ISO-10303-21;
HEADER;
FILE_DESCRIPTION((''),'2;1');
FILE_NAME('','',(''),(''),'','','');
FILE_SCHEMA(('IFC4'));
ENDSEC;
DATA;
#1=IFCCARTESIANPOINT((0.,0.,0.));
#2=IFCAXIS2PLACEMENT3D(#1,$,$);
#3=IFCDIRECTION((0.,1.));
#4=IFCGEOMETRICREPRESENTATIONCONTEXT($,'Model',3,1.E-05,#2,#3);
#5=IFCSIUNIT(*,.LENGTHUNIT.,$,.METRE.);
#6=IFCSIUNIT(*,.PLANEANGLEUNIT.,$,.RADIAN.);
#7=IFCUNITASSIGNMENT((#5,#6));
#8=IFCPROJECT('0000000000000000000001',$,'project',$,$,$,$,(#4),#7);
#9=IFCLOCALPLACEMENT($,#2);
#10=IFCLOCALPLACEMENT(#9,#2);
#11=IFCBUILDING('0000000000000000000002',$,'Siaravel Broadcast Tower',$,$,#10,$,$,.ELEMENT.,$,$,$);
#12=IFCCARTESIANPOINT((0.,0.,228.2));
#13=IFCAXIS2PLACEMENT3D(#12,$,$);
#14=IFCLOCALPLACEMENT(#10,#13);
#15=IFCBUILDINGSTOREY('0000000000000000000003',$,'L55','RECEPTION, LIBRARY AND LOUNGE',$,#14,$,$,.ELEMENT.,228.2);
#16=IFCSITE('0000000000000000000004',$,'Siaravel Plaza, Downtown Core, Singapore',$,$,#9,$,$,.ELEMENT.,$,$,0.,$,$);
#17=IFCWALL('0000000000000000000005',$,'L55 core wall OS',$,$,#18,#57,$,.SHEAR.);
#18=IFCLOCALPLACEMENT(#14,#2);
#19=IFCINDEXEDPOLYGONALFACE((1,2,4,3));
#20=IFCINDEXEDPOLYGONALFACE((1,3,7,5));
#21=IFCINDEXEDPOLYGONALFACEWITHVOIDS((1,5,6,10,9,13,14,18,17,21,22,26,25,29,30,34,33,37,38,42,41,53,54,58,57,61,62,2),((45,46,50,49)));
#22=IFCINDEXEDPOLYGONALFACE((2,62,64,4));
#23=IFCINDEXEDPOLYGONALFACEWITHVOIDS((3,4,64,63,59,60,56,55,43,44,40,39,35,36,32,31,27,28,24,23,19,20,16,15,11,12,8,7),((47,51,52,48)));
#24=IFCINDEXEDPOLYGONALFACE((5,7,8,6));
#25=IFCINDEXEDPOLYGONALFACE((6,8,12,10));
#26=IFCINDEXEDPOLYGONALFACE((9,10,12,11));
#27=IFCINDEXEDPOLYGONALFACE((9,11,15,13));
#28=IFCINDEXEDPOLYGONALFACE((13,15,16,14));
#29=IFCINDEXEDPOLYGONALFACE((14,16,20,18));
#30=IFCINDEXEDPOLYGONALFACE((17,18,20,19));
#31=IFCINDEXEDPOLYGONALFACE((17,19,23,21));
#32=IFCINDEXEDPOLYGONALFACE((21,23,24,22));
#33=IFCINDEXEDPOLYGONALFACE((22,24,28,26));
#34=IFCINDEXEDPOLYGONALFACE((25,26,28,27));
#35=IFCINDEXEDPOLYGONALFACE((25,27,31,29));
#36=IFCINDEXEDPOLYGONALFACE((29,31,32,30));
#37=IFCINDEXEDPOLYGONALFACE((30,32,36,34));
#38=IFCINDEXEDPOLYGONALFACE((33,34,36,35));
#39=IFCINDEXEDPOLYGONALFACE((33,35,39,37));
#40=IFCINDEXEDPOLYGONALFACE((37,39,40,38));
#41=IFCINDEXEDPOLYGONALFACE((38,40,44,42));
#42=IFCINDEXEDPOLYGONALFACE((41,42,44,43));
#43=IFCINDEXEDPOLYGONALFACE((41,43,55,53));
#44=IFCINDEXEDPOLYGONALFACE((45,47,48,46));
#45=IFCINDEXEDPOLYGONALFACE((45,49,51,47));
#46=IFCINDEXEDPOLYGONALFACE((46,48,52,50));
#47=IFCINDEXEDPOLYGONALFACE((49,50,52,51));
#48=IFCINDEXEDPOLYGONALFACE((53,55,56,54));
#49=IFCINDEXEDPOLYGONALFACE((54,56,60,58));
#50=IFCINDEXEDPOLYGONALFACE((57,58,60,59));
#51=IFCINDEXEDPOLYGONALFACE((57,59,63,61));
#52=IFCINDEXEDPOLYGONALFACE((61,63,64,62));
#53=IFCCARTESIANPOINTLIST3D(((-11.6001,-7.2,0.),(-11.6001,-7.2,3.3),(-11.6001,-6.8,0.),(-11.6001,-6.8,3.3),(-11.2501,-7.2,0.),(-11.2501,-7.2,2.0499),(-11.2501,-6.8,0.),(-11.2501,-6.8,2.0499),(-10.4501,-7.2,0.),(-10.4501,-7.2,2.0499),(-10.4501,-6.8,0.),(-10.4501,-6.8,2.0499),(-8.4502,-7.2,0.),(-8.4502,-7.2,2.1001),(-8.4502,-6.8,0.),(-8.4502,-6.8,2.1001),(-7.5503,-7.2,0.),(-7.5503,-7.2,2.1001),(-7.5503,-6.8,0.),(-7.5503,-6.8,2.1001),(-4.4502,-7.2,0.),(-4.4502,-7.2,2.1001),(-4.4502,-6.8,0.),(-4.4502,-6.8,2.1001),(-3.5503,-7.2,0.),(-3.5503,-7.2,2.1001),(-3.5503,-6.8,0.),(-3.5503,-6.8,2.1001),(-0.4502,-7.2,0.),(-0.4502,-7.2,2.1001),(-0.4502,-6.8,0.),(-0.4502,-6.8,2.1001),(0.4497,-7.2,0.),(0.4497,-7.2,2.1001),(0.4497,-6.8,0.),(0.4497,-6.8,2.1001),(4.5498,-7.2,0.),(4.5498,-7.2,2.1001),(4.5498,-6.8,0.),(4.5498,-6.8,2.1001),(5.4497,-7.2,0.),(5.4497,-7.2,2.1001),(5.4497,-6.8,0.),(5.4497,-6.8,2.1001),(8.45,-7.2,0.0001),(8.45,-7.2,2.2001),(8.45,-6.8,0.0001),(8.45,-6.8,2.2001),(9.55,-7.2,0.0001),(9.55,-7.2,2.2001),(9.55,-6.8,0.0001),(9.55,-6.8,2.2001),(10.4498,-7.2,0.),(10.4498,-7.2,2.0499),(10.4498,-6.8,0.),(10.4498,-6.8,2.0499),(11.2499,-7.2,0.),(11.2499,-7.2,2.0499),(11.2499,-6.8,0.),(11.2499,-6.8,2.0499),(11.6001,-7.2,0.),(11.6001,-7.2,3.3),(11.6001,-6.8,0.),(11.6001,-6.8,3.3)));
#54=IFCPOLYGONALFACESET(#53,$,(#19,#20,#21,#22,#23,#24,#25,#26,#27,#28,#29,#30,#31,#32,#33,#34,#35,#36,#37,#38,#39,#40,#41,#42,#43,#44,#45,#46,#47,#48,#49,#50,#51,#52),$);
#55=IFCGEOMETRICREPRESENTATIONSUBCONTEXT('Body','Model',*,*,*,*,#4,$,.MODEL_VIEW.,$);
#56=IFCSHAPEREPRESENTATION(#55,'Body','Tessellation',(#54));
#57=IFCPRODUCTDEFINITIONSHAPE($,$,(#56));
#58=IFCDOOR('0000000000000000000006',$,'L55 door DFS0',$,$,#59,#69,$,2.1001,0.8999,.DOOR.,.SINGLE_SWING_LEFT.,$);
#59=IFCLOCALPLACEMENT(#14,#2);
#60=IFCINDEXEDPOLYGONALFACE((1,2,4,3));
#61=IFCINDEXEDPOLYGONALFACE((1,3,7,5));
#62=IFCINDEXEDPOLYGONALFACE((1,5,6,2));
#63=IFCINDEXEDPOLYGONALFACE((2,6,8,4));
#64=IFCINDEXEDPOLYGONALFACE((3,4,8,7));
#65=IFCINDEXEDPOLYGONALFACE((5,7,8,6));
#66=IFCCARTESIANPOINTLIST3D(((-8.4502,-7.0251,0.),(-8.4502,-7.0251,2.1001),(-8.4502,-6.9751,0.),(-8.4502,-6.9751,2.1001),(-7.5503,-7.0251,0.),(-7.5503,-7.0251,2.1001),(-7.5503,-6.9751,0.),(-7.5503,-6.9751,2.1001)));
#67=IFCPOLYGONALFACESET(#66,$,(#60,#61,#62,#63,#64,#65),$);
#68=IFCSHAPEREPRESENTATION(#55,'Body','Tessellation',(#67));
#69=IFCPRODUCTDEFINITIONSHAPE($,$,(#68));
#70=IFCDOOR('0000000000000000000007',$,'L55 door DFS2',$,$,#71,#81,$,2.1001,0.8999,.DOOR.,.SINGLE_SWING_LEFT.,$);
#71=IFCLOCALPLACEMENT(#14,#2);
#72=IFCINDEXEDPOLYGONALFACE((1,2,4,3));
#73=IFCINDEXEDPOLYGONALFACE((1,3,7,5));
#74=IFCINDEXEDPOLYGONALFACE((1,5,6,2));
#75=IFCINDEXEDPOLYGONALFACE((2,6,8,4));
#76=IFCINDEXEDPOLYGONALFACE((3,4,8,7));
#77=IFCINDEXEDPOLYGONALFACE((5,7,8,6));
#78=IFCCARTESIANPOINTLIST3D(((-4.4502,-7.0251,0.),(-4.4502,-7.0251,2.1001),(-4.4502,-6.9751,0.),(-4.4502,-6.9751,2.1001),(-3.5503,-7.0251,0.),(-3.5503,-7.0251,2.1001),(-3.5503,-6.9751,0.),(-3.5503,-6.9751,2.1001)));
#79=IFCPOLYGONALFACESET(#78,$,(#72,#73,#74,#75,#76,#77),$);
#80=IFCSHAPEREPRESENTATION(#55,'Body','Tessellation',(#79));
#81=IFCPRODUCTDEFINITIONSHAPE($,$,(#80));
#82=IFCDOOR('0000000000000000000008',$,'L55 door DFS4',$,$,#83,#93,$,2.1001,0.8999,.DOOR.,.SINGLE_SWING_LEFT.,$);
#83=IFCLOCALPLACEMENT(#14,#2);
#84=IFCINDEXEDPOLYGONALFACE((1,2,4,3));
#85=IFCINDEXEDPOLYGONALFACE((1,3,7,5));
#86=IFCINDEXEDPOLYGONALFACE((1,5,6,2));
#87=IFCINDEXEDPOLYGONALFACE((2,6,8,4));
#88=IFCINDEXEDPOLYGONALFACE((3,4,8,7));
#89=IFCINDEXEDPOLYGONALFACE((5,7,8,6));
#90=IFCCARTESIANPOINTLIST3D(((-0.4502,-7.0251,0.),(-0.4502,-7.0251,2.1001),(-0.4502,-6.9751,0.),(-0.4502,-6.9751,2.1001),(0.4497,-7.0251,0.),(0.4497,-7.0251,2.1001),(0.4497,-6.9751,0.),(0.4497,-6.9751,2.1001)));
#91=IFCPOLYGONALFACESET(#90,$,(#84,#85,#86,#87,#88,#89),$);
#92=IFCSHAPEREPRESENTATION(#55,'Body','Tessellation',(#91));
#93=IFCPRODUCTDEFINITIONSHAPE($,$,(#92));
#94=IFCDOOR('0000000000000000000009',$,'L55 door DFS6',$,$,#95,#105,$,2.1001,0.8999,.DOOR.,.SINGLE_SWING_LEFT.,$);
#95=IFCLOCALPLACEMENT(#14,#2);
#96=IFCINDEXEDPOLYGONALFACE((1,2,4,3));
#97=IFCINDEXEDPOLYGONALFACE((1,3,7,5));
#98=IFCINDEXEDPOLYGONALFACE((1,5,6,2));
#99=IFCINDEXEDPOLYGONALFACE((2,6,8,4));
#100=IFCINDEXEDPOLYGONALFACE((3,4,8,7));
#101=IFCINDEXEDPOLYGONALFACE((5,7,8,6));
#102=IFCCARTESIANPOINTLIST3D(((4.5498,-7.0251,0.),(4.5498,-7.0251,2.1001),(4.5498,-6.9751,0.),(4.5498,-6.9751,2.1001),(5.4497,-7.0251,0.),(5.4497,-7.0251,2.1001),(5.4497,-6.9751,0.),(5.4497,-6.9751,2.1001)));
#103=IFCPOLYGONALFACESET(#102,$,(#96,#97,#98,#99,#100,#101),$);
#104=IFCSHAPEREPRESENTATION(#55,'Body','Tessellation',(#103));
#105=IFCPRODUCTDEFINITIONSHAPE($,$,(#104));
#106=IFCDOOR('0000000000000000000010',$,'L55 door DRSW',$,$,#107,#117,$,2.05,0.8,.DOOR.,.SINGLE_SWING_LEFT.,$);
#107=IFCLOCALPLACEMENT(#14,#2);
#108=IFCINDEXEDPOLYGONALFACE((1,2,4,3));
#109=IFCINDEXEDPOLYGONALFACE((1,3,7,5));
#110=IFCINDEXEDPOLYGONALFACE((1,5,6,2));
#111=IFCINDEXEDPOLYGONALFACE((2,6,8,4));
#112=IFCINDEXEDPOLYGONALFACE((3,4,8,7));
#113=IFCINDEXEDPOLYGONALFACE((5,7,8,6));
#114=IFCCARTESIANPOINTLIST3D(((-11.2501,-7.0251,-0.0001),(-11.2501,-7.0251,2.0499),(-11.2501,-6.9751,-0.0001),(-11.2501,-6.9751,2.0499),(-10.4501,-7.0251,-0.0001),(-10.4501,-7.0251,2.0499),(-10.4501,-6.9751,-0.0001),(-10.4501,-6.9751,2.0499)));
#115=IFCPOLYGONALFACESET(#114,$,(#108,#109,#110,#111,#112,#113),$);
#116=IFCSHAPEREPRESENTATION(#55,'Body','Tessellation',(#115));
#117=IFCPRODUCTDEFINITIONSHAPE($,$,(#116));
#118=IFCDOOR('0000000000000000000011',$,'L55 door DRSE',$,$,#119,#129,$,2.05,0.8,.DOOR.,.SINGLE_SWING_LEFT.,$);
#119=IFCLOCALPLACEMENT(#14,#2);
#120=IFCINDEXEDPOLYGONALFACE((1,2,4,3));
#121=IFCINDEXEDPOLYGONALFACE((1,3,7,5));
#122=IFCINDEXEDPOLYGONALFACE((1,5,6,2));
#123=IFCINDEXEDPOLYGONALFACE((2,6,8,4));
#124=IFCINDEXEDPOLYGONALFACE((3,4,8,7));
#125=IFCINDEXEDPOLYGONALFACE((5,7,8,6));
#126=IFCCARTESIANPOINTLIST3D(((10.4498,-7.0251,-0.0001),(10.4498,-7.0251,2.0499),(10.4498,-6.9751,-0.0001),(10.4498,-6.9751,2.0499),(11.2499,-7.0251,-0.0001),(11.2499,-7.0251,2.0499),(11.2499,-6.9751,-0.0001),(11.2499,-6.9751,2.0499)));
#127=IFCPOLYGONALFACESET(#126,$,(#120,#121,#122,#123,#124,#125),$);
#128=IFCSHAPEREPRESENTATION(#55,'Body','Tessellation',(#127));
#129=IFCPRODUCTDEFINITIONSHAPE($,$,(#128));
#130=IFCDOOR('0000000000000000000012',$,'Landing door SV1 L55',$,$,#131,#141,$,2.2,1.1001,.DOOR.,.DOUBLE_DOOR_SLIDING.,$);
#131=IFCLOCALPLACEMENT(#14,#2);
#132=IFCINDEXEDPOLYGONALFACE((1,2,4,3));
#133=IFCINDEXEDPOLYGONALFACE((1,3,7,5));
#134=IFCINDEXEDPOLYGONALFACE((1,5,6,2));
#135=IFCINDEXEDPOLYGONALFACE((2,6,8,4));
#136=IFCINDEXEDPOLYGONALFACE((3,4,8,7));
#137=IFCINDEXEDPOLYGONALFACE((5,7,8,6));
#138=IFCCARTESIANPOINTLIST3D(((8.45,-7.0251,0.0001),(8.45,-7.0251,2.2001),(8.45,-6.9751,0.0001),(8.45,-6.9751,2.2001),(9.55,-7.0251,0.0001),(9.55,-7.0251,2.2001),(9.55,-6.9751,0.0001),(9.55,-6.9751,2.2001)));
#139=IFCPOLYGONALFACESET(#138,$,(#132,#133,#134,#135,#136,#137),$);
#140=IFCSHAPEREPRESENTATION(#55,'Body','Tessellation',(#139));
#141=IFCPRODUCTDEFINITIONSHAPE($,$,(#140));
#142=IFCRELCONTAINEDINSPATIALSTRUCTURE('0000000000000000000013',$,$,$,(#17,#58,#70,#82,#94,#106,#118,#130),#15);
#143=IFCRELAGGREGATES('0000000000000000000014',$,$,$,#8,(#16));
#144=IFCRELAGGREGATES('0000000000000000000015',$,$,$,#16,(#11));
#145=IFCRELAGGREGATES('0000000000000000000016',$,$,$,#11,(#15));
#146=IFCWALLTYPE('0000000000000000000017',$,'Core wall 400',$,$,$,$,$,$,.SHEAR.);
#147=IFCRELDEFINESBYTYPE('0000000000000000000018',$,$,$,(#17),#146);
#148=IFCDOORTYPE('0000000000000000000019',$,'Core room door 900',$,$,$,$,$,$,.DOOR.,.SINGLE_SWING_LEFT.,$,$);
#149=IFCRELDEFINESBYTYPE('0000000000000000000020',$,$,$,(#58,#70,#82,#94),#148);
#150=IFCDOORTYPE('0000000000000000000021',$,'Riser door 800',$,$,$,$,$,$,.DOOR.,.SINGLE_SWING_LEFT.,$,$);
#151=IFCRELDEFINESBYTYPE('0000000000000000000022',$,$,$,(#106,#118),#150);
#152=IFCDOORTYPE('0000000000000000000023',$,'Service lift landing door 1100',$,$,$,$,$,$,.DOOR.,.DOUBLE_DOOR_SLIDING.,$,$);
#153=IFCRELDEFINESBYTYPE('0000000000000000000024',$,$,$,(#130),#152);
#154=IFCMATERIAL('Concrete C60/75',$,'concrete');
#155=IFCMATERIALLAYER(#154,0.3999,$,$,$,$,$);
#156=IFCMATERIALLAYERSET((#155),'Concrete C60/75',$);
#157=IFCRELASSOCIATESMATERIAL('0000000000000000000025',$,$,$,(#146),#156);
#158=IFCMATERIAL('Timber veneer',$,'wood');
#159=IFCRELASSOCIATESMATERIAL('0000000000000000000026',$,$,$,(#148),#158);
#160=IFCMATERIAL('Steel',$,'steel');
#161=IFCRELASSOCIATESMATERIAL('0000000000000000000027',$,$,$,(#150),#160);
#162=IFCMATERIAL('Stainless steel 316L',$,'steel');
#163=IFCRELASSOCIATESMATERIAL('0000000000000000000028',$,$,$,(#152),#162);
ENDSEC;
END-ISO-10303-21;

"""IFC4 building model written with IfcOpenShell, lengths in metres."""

from ifc_helpers import new_model, si_unit, direction, frame, frame_2d, origin, place, context, subcontext, project, spatial, rectangle, extrude, material, layer, layer_set, type_object, element, fill, save


model = new_model("IFC4")

# Units and contexts
model_context = context("Model", 3, precision=1e-05, world=origin(), true_north=direction((0.0, 1.0)))
body_context = subcontext(model_context, "Body", "Model", "MODEL_VIEW")
ifc_project = project(units=[si_unit("LENGTHUNIT", "METRE"), si_unit("PLANEANGLEUNIT", "RADIAN")], contexts=[model_context])

# Site, building, storey
site_placement = place(None, origin())
site = spatial("IfcSite", under=ifc_project, at=site_placement, Name="Siaravel Plaza, Downtown Core, Singapore", CompositionType="ELEMENT", RefElevation=0.0)
building_placement = place(site_placement, origin())
building = spatial("IfcBuilding", under=site, at=building_placement, Name="Siaravel Broadcast Tower", CompositionType="ELEMENT")
storey_placement = place(building_placement, frame((0.0, 0.0, 228.2)))
storey = spatial("IfcBuildingStorey", under=building, at=storey_placement, Name="L55", Description="RECEPTION, LIBRARY AND LOUNGE", CompositionType="ELEMENT", Elevation=228.2)

# Shared definitions
ifc_material_1 = material(Name="Concrete C60/75", Category="concrete")
ifc_layer_1 = layer(ifc_material_1, 0.3999)
ifc_layer_set_1 = layer_set([ifc_layer_1], Name="Concrete C60/75")
wall_type_1 = type_object("IfcWallType", Name="Core wall 400", PredefinedType="SHEAR", material=ifc_layer_set_1)
ifc_material_2 = material(Name="Steel", Category="steel")

# Wall, openings, doors
wall_1_placement = place(storey_placement, frame((-11.6001, -7.0, 0.0), z_axis=(0.0, 0.0, 1.0), x_axis=(1.0, 0.0, 0.0)))
wall_1 = element("IfcWall", 1, at=wall_1_placement, inside=storey, type_object=wall_type_1, Name="L55 core wall OS", PredefinedType="SHEAR", context=body_context, shape_type="SweptSolid", body=[
    extrude(rectangle(XDim=23.2002, YDim=0.3999, at=frame_2d((11.6001, 0.0))), origin(), (0.0, 0.0, 1.0), 3.3),
])
opening_1_placement = place(wall_1_placement, frame((20.05, 0.0, 0.0)))
opening_1 = element("IfcOpeningElement", 2, at=opening_1_placement, cuts=wall_1, PredefinedType="OPENING", context=body_context, shape_type="SweptSolid", body=[
    extrude(rectangle(XDim=1.1001, YDim=2.2, at=frame_2d((0.55, 1.1001))), frame((0.0, 0.21, 0.0), z_axis=(0.0, -1.0, 0.0), x_axis=(1.0, 0.0, 0.0)), (0.0, 0.0, 1.0), 0.4199),
])
opening_2_placement = place(wall_1_placement, frame((3.1499, 0.0, 0.0)))
opening_2 = element("IfcOpeningElement", 3, at=opening_2_placement, cuts=wall_1, PredefinedType="OPENING", context=body_context, shape_type="SweptSolid", body=[
    extrude(rectangle(XDim=0.8999, YDim=2.1001, at=frame_2d((0.45, 1.05))), frame((0.0, 0.21, 0.0), z_axis=(0.0, -1.0, 0.0), x_axis=(1.0, 0.0, 0.0)), (0.0, 0.0, 1.0), 0.4199),
])
opening_3_placement = place(wall_1_placement, frame((7.1499, 0.0, 0.0)))
opening_3 = element("IfcOpeningElement", 4, at=opening_3_placement, cuts=wall_1, PredefinedType="OPENING", context=body_context, shape_type="SweptSolid", body=[
    extrude(rectangle(XDim=0.8999, YDim=2.1001, at=frame_2d((0.45, 1.05))), frame((0.0, 0.21, 0.0), z_axis=(0.0, -1.0, 0.0), x_axis=(1.0, 0.0, 0.0)), (0.0, 0.0, 1.0), 0.4199),
])
opening_4_placement = place(wall_1_placement, frame((11.1499, 0.0, 0.0)))
opening_4 = element("IfcOpeningElement", 5, at=opening_4_placement, cuts=wall_1, PredefinedType="OPENING", context=body_context, shape_type="SweptSolid", body=[
    extrude(rectangle(XDim=0.8999, YDim=2.1001, at=frame_2d((0.45, 1.05))), frame((0.0, 0.21, 0.0), z_axis=(0.0, -1.0, 0.0), x_axis=(1.0, 0.0, 0.0)), (0.0, 0.0, 1.0), 0.4199),
])
opening_5_placement = place(wall_1_placement, frame((16.1499, 0.0, 0.0)))
opening_5 = element("IfcOpeningElement", 6, at=opening_5_placement, cuts=wall_1, PredefinedType="OPENING", context=body_context, shape_type="SweptSolid", body=[
    extrude(rectangle(XDim=0.8999, YDim=2.1001, at=frame_2d((0.45, 1.05))), frame((0.0, 0.21, 0.0), z_axis=(0.0, -1.0, 0.0), x_axis=(1.0, 0.0, 0.0)), (0.0, 0.0, 1.0), 0.4199),
])
opening_6_placement = place(wall_1_placement, frame((0.3501, 0.0, 0.0)))
opening_6 = element("IfcOpeningElement", 7, at=opening_6_placement, cuts=wall_1, PredefinedType="OPENING", context=body_context, shape_type="SweptSolid", body=[
    extrude(rectangle(XDim=0.8, YDim=2.05, at=frame_2d((0.3999, 1.0249))), frame((0.0, 0.21, 0.0), z_axis=(0.0, -1.0, 0.0), x_axis=(1.0, 0.0, 0.0)), (0.0, 0.0, 1.0), 0.4199),
])
opening_7_placement = place(wall_1_placement, frame((22.05, 0.0, 0.0)))
opening_7 = element("IfcOpeningElement", 8, at=opening_7_placement, cuts=wall_1, PredefinedType="OPENING", context=body_context, shape_type="SweptSolid", body=[
    extrude(rectangle(XDim=0.8, YDim=2.05, at=frame_2d((0.3999, 1.0249))), frame((0.0, 0.21, 0.0), z_axis=(0.0, -1.0, 0.0), x_axis=(1.0, 0.0, 0.0)), (0.0, 0.0, 1.0), 0.4199),
])
ifc_material_3 = material(Name="Timber veneer", Category="wood")
door_type_1 = type_object("IfcDoorType", Name="Core room door 900", OperationType="SINGLE_SWING_LEFT", PredefinedType="DOOR", material=ifc_material_3)
door_1_placement = place(opening_2_placement, origin())
door_1 = element("IfcDoor", 9, at=door_1_placement, inside=storey, type_object=door_type_1, Name="L55 door DFS0", OperationType="SINGLE_SWING_LEFT", OverallHeight=2.1001, OverallWidth=0.8999, PredefinedType="DOOR", context=body_context, shape_type="SweptSolid", body=[
    extrude(rectangle(XDim=0.8999, YDim=2.1001, at=frame_2d((0.45, 1.05))), frame((0.0, 0.0249, 0.0), z_axis=(0.0, -1.0, 0.0), x_axis=(1.0, 0.0, 0.0)), (0.0, 0.0, 1.0), 0.05),
])
fill(opening_2, door_1)
door_2_placement = place(opening_3_placement, origin())
door_2 = element("IfcDoor", 10, at=door_2_placement, inside=storey, type_object=door_type_1, Name="L55 door DFS2", OperationType="SINGLE_SWING_LEFT", OverallHeight=2.1001, OverallWidth=0.8999, PredefinedType="DOOR", context=body_context, shape_type="SweptSolid", body=[
    extrude(rectangle(XDim=0.8999, YDim=2.1001, at=frame_2d((0.45, 1.05))), frame((0.0, 0.0249, 0.0), z_axis=(0.0, -1.0, 0.0), x_axis=(1.0, 0.0, 0.0)), (0.0, 0.0, 1.0), 0.05),
])
fill(opening_3, door_2)
door_3_placement = place(opening_4_placement, origin())
door_3 = element("IfcDoor", 11, at=door_3_placement, inside=storey, type_object=door_type_1, Name="L55 door DFS4", OperationType="SINGLE_SWING_LEFT", OverallHeight=2.1001, OverallWidth=0.8999, PredefinedType="DOOR", context=body_context, shape_type="SweptSolid", body=[
    extrude(rectangle(XDim=0.8999, YDim=2.1001, at=frame_2d((0.45, 1.05))), frame((0.0, 0.0249, 0.0), z_axis=(0.0, -1.0, 0.0), x_axis=(1.0, 0.0, 0.0)), (0.0, 0.0, 1.0), 0.05),
])
fill(opening_4, door_3)
door_4_placement = place(opening_5_placement, origin())
door_4 = element("IfcDoor", 12, at=door_4_placement, inside=storey, type_object=door_type_1, Name="L55 door DFS6", OperationType="SINGLE_SWING_LEFT", OverallHeight=2.1001, OverallWidth=0.8999, PredefinedType="DOOR", context=body_context, shape_type="SweptSolid", body=[
    extrude(rectangle(XDim=0.8999, YDim=2.1001, at=frame_2d((0.45, 1.05))), frame((0.0, 0.0249, 0.0), z_axis=(0.0, -1.0, 0.0), x_axis=(1.0, 0.0, 0.0)), (0.0, 0.0, 1.0), 0.05),
])
fill(opening_5, door_4)
door_type_2 = type_object("IfcDoorType", Name="Riser door 800", OperationType="SINGLE_SWING_LEFT", PredefinedType="DOOR", material=ifc_material_2)
door_5_placement = place(opening_6_placement, origin())
door_5 = element("IfcDoor", 13, at=door_5_placement, inside=storey, type_object=door_type_2, Name="L55 door DRSW", OperationType="SINGLE_SWING_LEFT", OverallHeight=2.05, OverallWidth=0.8, PredefinedType="DOOR", context=body_context, shape_type="SweptSolid", body=[
    extrude(rectangle(XDim=0.8, YDim=2.05, at=frame_2d((0.3999, 1.0249))), frame((0.0, 0.0249, 0.0), z_axis=(0.0, -1.0, 0.0), x_axis=(1.0, 0.0, 0.0)), (0.0, 0.0, 1.0), 0.05),
])
fill(opening_6, door_5)
door_6_placement = place(opening_7_placement, origin())
door_6 = element("IfcDoor", 14, at=door_6_placement, inside=storey, type_object=door_type_2, Name="L55 door DRSE", OperationType="SINGLE_SWING_LEFT", OverallHeight=2.05, OverallWidth=0.8, PredefinedType="DOOR", context=body_context, shape_type="SweptSolid", body=[
    extrude(rectangle(XDim=0.8, YDim=2.05, at=frame_2d((0.3999, 1.0249))), frame((0.0, 0.0249, 0.0), z_axis=(0.0, -1.0, 0.0), x_axis=(1.0, 0.0, 0.0)), (0.0, 0.0, 1.0), 0.05),
])
fill(opening_7, door_6)
ifc_material_4 = material(Name="Stainless steel 316L", Category="steel")
door_type_3 = type_object("IfcDoorType", Name="Service lift landing door 1100", OperationType="DOUBLE_DOOR_SLIDING", PredefinedType="DOOR", material=ifc_material_4)
door_7_placement = place(opening_1_placement, origin())
door_7 = element("IfcDoor", 15, at=door_7_placement, inside=storey, type_object=door_type_3, Name="Landing door SV1 L55", OperationType="DOUBLE_DOOR_SLIDING", OverallHeight=2.2, OverallWidth=1.1001, PredefinedType="DOOR", context=body_context, shape_type="SweptSolid", body=[
    extrude(rectangle(XDim=1.1001, YDim=2.2, at=frame_2d((0.55, 1.1001))), frame((0.0, 0.0249, 0.0), z_axis=(0.0, -1.0, 0.0), x_axis=(1.0, 0.0, 0.0)), (0.0, 0.0, 1.0), 0.05),
])
fill(opening_1, door_7)

save(model, "model.ifc")
